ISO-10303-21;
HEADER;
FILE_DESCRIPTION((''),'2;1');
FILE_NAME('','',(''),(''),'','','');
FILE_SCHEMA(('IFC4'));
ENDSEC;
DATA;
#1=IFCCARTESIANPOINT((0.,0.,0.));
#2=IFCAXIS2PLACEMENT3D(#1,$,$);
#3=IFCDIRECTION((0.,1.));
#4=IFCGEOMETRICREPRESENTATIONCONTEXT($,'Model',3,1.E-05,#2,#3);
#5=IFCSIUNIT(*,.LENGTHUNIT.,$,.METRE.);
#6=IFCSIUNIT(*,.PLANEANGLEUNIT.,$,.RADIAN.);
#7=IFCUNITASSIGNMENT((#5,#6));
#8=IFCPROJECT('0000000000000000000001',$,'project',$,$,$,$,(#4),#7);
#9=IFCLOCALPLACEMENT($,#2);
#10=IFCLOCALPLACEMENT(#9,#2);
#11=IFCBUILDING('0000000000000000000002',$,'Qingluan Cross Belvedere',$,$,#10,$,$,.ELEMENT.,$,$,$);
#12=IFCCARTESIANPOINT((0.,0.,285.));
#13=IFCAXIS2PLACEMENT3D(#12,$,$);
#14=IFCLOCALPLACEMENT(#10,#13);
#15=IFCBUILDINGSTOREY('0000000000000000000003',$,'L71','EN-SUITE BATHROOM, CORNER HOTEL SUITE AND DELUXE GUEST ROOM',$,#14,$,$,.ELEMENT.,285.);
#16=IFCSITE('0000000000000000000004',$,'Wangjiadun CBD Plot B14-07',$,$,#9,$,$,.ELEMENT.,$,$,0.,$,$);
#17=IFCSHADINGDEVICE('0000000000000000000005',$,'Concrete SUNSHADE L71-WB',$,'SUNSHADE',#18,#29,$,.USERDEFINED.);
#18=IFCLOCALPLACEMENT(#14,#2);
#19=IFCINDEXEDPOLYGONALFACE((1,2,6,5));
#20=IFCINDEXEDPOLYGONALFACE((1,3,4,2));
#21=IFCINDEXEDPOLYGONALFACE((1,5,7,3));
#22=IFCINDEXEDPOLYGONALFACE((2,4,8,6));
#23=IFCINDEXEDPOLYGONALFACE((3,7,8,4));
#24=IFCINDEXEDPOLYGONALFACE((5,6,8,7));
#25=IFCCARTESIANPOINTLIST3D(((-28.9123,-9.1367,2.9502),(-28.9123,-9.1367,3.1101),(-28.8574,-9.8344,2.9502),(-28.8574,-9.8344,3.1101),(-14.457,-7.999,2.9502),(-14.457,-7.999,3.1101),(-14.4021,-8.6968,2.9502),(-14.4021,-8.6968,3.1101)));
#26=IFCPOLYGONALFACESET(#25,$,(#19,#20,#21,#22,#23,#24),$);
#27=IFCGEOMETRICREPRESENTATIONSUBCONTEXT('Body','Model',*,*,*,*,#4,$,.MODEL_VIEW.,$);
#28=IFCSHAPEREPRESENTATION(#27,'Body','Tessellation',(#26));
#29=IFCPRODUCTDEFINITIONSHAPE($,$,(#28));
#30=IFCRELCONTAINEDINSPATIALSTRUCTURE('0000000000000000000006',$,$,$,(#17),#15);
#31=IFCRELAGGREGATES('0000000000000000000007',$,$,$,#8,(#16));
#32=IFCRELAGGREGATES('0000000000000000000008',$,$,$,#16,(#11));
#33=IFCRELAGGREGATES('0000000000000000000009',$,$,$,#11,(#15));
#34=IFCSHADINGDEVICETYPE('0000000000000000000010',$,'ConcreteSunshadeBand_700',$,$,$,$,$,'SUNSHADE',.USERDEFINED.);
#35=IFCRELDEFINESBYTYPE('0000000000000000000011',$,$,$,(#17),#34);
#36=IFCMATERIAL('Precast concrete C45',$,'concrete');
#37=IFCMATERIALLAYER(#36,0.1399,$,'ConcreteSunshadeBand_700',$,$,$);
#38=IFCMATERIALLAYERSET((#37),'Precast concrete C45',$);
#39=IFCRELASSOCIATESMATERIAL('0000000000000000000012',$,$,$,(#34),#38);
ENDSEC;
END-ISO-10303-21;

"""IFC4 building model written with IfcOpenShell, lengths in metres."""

from ifc_helpers import new_model, si_unit, direction, frame, origin, origin_2d, place, context, subcontext, project, spatial, rectangle, extrude, material, layer, layer_set, type_object, element, save


model = new_model("IFC4")

# Units and contexts
model_context = context("Model", 3, precision=1e-05, world=origin(), true_north=direction((0.0, 1.0)))
body_context = subcontext(model_context, "Body", "Model", "MODEL_VIEW")
ifc_project = project(units=[si_unit("LENGTHUNIT", "METRE"), si_unit("PLANEANGLEUNIT", "RADIAN")], contexts=[model_context])

# Site, building, storey
site_placement = place(None, origin())
site = spatial("IfcSite", under=ifc_project, at=site_placement, Name="Wangjiadun CBD Plot B14-07", CompositionType="ELEMENT", RefElevation=0.0)
building_placement = place(site_placement, origin())
building = spatial("IfcBuilding", under=site, at=building_placement, Name="Qingluan Cross Belvedere", CompositionType="ELEMENT")
storey_placement = place(building_placement, frame((0.0, 0.0, 285.0)))
storey = spatial("IfcBuildingStorey", under=building, at=storey_placement, Name="L71", Description="EN-SUITE BATHROOM, CORNER HOTEL SUITE AND DELUXE GUEST ROOM", CompositionType="ELEMENT", Elevation=285.0)

# Shading device
ifc_material_1 = material(Name="Precast concrete C45", Category="concrete")
ifc_layer_1 = layer(ifc_material_1, 0.1399, Name="ConcreteSunshadeBand_700")
ifc_layer_set_1 = layer_set([ifc_layer_1], Name="Precast concrete C45")
shading_device_type = type_object("IfcShadingDeviceType", Name="ConcreteSunshadeBand_700", ElementType="SUNSHADE", PredefinedType="USERDEFINED", material=ifc_layer_set_1)
shading_device_placement = place(storey_placement, frame((-21.6572, -8.9167, 2.9502), z_axis=(0.0, 0.0, 1.0), x_axis=(0.996918, 0.078456, 0.0)))
element("IfcShadingDevice", 1, at=shading_device_placement, inside=storey, type_object=shading_device_type, Name="Concrete SUNSHADE L71-WB", ObjectType="SUNSHADE", PredefinedType="USERDEFINED", context=body_context, shape_type="SweptSolid", body=[
    extrude(rectangle(XDim=14.5, YDim=0.7, at=origin_2d()), origin(), (0.0, 0.0, 1.0), 0.1599),
])

save(model, "model.ifc")
